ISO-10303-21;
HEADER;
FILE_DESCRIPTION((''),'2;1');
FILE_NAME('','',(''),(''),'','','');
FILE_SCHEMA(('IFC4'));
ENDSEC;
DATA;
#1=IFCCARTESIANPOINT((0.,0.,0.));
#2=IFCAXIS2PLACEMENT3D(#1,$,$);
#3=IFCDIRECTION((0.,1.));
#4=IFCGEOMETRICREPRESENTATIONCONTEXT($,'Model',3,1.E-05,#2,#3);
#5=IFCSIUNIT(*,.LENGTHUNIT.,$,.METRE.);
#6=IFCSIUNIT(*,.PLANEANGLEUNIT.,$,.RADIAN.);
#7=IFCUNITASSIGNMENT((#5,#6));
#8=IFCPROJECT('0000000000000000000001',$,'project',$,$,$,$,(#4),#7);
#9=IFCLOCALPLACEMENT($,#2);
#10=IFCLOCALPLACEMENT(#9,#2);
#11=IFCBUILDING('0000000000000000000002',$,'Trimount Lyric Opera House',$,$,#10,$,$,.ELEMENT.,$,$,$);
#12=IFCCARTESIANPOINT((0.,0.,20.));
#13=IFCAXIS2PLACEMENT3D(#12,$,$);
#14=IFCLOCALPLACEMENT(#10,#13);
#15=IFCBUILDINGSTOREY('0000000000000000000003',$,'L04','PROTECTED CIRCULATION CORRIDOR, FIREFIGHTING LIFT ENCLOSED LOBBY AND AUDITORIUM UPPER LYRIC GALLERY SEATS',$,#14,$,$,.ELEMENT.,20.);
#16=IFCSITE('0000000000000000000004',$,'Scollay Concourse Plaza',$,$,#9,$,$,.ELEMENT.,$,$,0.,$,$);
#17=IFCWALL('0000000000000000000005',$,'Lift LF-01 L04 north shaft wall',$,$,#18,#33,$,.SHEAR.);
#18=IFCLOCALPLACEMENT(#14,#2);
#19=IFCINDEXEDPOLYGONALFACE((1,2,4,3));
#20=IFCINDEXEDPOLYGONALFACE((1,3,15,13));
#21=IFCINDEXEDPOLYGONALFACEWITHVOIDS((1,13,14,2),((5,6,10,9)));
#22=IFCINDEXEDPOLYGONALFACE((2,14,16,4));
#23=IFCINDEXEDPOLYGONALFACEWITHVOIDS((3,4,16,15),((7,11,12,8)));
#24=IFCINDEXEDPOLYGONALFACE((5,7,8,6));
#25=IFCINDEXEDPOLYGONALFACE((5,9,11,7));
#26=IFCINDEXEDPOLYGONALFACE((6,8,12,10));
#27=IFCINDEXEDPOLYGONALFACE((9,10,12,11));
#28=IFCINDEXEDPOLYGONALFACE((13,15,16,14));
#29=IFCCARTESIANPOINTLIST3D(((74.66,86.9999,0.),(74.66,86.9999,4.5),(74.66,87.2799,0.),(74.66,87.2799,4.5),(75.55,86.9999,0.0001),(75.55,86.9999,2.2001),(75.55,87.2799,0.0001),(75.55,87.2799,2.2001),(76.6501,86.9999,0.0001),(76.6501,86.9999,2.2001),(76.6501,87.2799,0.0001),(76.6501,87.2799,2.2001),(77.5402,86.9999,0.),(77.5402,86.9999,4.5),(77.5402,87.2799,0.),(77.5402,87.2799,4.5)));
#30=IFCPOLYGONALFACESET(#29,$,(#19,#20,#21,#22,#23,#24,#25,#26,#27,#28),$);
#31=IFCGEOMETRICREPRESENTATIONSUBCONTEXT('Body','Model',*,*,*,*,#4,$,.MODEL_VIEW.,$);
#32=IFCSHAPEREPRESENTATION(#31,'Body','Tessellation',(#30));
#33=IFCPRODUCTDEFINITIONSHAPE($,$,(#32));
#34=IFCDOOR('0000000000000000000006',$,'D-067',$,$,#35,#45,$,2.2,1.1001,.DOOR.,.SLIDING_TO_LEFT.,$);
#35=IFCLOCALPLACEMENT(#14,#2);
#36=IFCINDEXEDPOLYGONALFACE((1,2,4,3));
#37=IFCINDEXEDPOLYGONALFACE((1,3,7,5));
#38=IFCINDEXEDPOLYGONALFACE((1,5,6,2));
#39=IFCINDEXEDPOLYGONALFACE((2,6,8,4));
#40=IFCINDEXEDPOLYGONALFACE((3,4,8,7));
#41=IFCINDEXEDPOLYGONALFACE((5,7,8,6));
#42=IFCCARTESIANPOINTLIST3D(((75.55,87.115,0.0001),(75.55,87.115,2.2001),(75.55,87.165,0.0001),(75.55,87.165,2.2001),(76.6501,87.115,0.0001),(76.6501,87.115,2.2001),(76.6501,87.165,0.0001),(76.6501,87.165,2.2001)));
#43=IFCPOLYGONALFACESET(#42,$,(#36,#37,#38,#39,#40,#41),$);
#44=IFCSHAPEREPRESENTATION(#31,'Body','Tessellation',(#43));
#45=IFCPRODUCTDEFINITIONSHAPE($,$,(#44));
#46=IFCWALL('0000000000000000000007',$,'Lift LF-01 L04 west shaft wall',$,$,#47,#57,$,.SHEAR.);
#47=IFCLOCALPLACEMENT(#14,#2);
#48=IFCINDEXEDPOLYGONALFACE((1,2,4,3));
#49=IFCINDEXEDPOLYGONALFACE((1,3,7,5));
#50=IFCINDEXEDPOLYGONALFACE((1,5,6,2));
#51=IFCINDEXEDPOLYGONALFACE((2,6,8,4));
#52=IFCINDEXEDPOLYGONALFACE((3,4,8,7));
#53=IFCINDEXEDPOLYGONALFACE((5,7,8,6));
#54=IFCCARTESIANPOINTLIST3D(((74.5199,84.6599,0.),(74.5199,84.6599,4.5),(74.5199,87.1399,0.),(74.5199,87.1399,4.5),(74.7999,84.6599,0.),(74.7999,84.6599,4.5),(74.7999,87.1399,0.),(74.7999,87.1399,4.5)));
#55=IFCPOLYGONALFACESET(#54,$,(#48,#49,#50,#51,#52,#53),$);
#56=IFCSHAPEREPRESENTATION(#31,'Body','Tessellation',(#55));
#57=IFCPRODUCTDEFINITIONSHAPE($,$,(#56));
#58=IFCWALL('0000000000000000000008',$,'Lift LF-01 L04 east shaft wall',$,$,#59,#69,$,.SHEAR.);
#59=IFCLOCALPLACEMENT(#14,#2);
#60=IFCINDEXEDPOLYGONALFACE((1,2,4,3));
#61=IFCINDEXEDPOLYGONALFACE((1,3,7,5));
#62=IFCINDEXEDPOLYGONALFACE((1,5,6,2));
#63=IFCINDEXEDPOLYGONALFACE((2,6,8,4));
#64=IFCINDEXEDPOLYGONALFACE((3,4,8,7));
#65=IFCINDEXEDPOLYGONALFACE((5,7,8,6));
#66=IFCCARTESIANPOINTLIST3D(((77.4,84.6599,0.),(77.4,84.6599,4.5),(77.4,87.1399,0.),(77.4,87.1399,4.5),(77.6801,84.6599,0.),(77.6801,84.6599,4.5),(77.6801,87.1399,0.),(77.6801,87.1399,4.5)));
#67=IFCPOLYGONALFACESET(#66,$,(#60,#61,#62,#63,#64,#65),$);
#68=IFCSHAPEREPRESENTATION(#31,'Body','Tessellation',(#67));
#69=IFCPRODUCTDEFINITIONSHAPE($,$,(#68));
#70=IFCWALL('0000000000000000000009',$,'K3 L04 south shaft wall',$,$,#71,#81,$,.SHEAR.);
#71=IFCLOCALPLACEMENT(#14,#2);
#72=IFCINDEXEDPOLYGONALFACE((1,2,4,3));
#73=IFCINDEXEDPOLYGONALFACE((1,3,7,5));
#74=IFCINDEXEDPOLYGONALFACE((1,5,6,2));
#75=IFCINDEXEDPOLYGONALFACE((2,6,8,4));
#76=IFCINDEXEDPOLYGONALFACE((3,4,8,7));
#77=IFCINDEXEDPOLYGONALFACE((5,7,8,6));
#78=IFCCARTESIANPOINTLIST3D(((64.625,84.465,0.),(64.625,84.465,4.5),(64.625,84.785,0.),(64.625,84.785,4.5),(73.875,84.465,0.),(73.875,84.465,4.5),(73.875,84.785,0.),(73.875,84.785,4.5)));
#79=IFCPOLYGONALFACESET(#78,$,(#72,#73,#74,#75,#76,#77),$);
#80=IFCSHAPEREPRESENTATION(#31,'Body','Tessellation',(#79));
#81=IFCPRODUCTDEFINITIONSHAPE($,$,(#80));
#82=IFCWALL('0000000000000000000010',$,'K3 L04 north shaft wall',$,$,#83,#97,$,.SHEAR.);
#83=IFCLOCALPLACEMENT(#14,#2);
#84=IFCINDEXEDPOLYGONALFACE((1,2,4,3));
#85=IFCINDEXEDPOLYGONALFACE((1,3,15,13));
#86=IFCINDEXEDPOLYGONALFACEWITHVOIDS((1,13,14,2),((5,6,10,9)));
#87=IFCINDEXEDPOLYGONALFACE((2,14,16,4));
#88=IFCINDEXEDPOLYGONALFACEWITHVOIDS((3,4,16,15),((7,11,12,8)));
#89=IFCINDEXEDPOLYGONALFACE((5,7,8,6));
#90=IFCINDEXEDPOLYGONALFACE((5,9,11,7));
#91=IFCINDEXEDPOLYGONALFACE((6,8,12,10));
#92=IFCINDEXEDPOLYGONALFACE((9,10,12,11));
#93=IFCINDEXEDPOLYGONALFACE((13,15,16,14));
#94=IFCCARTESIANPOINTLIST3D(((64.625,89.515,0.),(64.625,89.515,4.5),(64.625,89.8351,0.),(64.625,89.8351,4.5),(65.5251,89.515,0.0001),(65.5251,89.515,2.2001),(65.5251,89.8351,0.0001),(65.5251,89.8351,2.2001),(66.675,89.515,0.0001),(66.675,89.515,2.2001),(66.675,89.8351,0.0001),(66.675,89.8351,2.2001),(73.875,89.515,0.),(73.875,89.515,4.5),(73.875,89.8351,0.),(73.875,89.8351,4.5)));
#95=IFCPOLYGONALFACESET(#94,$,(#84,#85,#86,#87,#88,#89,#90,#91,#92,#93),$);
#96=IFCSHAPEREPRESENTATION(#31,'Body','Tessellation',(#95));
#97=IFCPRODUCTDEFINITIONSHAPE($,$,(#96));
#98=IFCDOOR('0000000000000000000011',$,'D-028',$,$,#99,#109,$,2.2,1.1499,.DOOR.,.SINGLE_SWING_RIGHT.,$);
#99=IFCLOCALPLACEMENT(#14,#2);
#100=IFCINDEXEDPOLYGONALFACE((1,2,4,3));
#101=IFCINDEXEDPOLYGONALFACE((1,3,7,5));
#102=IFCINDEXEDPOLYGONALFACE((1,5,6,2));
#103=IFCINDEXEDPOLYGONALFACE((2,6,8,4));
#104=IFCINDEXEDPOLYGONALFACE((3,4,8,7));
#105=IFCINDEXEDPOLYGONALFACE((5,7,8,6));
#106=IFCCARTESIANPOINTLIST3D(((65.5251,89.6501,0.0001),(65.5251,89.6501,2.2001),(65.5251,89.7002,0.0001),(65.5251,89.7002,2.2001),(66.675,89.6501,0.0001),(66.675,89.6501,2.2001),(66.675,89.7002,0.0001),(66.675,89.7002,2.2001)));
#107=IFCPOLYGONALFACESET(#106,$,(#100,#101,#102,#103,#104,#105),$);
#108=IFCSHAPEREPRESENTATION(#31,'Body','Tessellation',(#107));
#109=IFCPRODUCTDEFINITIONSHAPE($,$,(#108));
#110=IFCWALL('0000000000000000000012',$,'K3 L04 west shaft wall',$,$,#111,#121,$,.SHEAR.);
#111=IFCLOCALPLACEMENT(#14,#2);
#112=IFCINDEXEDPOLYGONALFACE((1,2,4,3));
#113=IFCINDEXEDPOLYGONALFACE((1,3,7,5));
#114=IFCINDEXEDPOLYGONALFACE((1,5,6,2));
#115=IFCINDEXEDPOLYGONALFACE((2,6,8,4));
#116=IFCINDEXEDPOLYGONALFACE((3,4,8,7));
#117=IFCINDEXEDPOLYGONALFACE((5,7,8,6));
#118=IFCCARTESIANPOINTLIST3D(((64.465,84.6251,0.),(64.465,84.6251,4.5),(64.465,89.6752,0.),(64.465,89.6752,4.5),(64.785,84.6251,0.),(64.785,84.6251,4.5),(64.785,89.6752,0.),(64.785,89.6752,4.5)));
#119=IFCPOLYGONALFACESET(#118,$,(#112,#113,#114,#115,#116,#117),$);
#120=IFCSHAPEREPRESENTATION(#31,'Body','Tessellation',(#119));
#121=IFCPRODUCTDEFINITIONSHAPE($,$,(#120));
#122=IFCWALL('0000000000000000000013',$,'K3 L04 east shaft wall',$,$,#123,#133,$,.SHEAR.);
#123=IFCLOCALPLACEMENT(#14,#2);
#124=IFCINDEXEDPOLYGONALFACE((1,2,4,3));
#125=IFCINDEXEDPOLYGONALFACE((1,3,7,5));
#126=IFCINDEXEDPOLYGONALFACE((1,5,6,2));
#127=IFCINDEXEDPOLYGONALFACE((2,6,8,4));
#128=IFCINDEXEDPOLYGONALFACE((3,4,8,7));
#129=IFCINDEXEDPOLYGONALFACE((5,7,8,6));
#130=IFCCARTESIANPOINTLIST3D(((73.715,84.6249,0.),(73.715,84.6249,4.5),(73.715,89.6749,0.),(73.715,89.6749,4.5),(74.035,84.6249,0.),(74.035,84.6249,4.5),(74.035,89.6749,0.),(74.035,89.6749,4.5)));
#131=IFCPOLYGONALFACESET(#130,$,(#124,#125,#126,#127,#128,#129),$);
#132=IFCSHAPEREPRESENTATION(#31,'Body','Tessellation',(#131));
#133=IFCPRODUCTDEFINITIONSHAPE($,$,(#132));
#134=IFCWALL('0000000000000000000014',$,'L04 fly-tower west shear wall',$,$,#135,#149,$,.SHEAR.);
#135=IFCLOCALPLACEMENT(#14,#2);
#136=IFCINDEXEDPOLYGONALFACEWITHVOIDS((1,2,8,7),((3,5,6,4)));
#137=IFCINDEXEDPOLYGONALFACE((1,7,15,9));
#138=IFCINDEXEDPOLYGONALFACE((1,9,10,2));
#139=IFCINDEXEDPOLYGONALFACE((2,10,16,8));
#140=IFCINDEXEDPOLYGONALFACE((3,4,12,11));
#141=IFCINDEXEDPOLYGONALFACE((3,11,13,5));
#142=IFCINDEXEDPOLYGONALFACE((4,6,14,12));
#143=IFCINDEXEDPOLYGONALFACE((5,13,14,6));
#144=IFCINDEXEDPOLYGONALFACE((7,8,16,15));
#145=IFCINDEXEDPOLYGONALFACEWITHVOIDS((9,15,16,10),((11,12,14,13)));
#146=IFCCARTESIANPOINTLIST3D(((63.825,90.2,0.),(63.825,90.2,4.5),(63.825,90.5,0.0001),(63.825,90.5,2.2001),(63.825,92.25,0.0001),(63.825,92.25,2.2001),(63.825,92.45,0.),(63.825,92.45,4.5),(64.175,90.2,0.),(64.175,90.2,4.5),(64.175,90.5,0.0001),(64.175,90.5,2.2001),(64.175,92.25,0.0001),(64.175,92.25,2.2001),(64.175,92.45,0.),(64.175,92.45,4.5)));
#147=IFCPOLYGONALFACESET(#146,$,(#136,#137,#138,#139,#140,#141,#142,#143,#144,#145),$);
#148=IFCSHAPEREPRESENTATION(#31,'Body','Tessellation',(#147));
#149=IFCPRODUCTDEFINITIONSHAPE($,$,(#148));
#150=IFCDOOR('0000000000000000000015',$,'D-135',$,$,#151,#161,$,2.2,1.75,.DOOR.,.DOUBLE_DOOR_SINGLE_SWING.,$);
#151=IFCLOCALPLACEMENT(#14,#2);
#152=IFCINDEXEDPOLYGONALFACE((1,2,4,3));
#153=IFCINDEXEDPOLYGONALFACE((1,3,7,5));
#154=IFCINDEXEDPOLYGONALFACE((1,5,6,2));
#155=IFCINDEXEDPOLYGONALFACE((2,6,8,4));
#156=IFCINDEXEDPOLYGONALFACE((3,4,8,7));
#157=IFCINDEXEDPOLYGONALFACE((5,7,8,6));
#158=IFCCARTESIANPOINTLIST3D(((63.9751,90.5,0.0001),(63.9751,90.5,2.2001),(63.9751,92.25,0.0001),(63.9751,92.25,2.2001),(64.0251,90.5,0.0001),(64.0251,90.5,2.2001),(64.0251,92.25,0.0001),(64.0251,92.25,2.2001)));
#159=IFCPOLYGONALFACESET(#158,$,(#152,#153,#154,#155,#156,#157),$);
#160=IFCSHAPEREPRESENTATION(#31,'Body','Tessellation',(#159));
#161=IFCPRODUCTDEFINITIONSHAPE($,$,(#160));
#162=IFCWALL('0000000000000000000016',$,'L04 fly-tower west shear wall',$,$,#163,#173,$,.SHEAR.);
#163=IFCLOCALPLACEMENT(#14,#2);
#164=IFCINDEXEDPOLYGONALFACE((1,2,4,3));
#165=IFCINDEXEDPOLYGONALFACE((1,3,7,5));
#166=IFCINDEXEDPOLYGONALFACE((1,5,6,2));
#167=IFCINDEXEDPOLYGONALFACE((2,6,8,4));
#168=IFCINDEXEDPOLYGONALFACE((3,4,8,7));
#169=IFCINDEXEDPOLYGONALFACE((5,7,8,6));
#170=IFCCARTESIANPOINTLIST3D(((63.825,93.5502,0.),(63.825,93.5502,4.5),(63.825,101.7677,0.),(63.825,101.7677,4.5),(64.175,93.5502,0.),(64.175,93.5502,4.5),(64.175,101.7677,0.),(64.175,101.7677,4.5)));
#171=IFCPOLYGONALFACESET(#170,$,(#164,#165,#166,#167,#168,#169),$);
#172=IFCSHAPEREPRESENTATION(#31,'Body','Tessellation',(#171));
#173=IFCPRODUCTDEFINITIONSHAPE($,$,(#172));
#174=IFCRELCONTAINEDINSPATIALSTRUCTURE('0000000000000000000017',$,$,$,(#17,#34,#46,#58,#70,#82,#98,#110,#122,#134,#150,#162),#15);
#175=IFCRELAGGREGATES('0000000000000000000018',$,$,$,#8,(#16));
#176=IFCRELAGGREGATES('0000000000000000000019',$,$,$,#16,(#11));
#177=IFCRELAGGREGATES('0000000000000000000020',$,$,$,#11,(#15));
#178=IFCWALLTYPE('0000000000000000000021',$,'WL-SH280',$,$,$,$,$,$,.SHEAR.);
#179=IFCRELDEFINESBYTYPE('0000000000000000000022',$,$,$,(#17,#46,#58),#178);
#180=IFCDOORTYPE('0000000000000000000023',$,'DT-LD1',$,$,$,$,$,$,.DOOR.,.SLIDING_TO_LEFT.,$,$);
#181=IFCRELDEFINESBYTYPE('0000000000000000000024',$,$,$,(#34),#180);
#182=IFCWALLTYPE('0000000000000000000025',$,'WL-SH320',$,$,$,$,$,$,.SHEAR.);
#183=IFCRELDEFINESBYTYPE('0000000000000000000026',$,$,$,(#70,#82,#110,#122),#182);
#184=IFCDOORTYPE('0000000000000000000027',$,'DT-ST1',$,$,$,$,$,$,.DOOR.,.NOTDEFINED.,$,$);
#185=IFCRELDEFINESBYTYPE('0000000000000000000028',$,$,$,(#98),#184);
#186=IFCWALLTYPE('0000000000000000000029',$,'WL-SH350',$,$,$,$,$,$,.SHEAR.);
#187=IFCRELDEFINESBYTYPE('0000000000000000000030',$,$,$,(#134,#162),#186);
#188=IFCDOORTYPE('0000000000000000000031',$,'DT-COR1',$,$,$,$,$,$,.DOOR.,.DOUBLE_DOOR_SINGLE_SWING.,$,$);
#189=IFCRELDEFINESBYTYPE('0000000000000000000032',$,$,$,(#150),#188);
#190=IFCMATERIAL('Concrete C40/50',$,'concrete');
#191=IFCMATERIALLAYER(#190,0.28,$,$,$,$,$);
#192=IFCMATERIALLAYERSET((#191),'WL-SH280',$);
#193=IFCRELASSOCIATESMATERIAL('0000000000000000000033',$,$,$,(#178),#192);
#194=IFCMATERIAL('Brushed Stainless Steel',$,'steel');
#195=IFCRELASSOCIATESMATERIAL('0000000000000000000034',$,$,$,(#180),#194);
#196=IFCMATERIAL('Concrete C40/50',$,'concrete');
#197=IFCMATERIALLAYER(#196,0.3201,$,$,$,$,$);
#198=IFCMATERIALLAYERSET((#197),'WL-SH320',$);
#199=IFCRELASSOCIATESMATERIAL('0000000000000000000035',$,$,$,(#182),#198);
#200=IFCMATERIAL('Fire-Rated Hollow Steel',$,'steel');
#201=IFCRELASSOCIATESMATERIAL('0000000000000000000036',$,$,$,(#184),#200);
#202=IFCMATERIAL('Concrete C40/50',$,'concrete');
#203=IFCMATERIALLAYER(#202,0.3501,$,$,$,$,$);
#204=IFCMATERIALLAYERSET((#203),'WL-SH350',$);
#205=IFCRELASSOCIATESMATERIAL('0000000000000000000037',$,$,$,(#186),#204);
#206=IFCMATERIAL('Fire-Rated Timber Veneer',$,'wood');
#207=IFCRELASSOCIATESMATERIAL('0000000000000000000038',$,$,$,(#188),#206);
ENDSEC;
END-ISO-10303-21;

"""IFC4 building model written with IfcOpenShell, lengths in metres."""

from ifc_helpers import new_model, si_unit, direction, frame, frame_2d, origin, place, context, subcontext, project, spatial, rectangle, extrude, material, layer, layer_set, type_object, element, fill, save


model = new_model("IFC4")

# Units and contexts
model_context = context("Model", 3, precision=1e-05, world=origin(), true_north=direction((0.0, 1.0)))
body_context = subcontext(model_context, "Body", "Model", "MODEL_VIEW")
ifc_project = project(units=[si_unit("LENGTHUNIT", "METRE"), si_unit("PLANEANGLEUNIT", "RADIAN")], contexts=[model_context])

# Site, building, storey
site_placement = place(None, origin())
site = spatial("IfcSite", under=ifc_project, at=site_placement, Name="Scollay Concourse Plaza", CompositionType="ELEMENT", RefElevation=0.0)
building_placement = place(site_placement, origin())
building = spatial("IfcBuilding", under=site, at=building_placement, Name="Trimount Lyric Opera House", CompositionType="ELEMENT")
storey_placement = place(building_placement, frame((0.0, 0.0, 20.0)))
storey = spatial("IfcBuildingStorey", under=building, at=storey_placement, Name="L04", Description="PROTECTED CIRCULATION CORRIDOR, FIREFIGHTING LIFT ENCLOSED LOBBY AND AUDITORIUM UPPER LYRIC GALLERY SEATS", CompositionType="ELEMENT", Elevation=20.0)

# Shared definitions
ifc_material_1 = material(Name="Concrete C40/50", Category="concrete")
ifc_layer_1 = layer(ifc_material_1, 0.28)
ifc_layer_set_1 = layer_set([ifc_layer_1], Name="WL-SH280")
wall_type_1 = type_object("IfcWallType", Name="WL-SH280", PredefinedType="SHEAR", material=ifc_layer_set_1)

# Wall, opening, door
wall_1_placement = place(storey_placement, frame((77.54, 87.1399, 0.0), z_axis=(0.0, 0.0, 1.0), x_axis=(-1.0, 0.0, 0.0)))
wall_1 = element("IfcWall", 1, at=wall_1_placement, inside=storey, type_object=wall_type_1, Name="Lift LF-01 L04 north shaft wall", PredefinedType="SHEAR", context=body_context, shape_type="SweptSolid", body=[
    extrude(rectangle(XDim=2.8801, YDim=0.28, at=frame_2d((1.4399, 0.0))), origin(), (0.0, 0.0, 1.0), 4.5),
])
opening_1_placement = place(wall_1_placement, frame((0.8899, 0.0, 0.0)))
opening_1 = element("IfcOpeningElement", 2, at=opening_1_placement, cuts=wall_1, PredefinedType="OPENING", context=body_context, shape_type="SweptSolid", body=[
    extrude(rectangle(XDim=1.1001, YDim=2.2, at=frame_2d((0.55, 1.1001))), frame((0.0, 0.1499, 0.0), z_axis=(0.0, -1.0, 0.0), x_axis=(1.0, 0.0, 0.0)), (0.0, 0.0, 1.0), 0.3),
])
ifc_material_2 = material(Name="Brushed Stainless Steel", Category="steel")
door_type_1 = type_object("IfcDoorType", Name="DT-LD1", OperationType="SLIDING_TO_LEFT", PredefinedType="DOOR", material=ifc_material_2)
door_1_placement = place(opening_1_placement, origin())
door_1 = element("IfcDoor", 3, at=door_1_placement, inside=storey, type_object=door_type_1, Name="D-067", OperationType="SLIDING_TO_LEFT", OverallHeight=2.2, OverallWidth=1.1001, PredefinedType="DOOR", context=body_context, shape_type="SweptSolid", body=[
    extrude(rectangle(XDim=1.1001, YDim=2.2, at=frame_2d((0.55, 1.1001))), frame((0.0, 0.0249, 0.0), z_axis=(0.0, -1.0, 0.0), x_axis=(1.0, 0.0, 0.0)), (0.0, 0.0, 1.0), 0.05),
])
fill(opening_1, door_1)

# Walls
for number, where, z_axis, x_axis, name in (
    (4, (74.6599, 87.1399, 0.0), (0.0, 0.0, 1.0), (0.0, -1.0, 0.0), "Lift LF-01 L04 west shaft wall"),
    (5, (77.54, 84.6599, 0.0), (0.0, 0.0, 1.0), (0.0, 1.0, 0.0), "Lift LF-01 L04 east shaft wall"),
):
    element("IfcWall", number, at=place(storey_placement, frame(where, z_axis=z_axis, x_axis=x_axis)), inside=storey, type_object=wall_type_1, Name=name, PredefinedType="SHEAR", context=body_context, shape_type="SweptSolid", body=[
        extrude(rectangle(XDim=2.48, YDim=0.28, at=frame_2d((1.24, 0.0))), origin(), (0.0, 0.0, 1.0), 4.5),
    ])
ifc_material_3 = material(Name="Concrete C40/50", Category="concrete")
ifc_layer_2 = layer(ifc_material_3, 0.3201)
ifc_layer_set_2 = layer_set([ifc_layer_2], Name="WL-SH320")
wall_type_2 = type_object("IfcWallType", Name="WL-SH320", PredefinedType="SHEAR", material=ifc_layer_set_2)
wall_2_placement = place(storey_placement, frame((64.625, 84.625, 0.0), z_axis=(0.0, 0.0, 1.0), x_axis=(1.0, 0.0, 0.0)))
element("IfcWall", 6, at=wall_2_placement, inside=storey, type_object=wall_type_2, Name="K3 L04 south shaft wall", PredefinedType="SHEAR", context=body_context, shape_type="SweptSolid", body=[
    extrude(rectangle(XDim=9.25, YDim=0.3201, at=frame_2d((4.625, 0.0))), origin(), (0.0, 0.0, 1.0), 4.5),
])

# Wall, opening, door
wall_3_placement = place(storey_placement, frame((73.875, 89.675, 0.0), z_axis=(0.0, 0.0, 1.0), x_axis=(-1.0, 0.0, 0.0)))
wall_3 = element("IfcWall", 7, at=wall_3_placement, inside=storey, type_object=wall_type_2, Name="K3 L04 north shaft wall", PredefinedType="SHEAR", context=body_context, shape_type="SweptSolid", body=[
    extrude(rectangle(XDim=9.25, YDim=0.3201, at=frame_2d((4.625, 0.0))), origin(), (0.0, 0.0, 1.0), 4.5),
])
opening_2_placement = place(wall_3_placement, frame((7.2, 0.0, 0.0)))
opening_2 = element("IfcOpeningElement", 8, at=opening_2_placement, cuts=wall_3, PredefinedType="OPENING", context=body_context, shape_type="SweptSolid", body=[
    extrude(rectangle(XDim=1.1499, YDim=2.2, at=frame_2d((0.575, 1.1001))), frame((0.0, 0.1699, 0.0), z_axis=(0.0, -1.0, 0.0), x_axis=(1.0, 0.0, 0.0)), (0.0, 0.0, 1.0), 0.3401),
])
ifc_material_4 = material(Name="Fire-Rated Hollow Steel", Category="steel")
door_type_2 = type_object("IfcDoorType", Name="DT-ST1", OperationType="NOTDEFINED", PredefinedType="DOOR", material=ifc_material_4)
door_2_placement = place(opening_2_placement, origin())
door_2 = element("IfcDoor", 9, at=door_2_placement, inside=storey, type_object=door_type_2, Name="D-028", OperationType="SINGLE_SWING_RIGHT", OverallHeight=2.2, OverallWidth=1.1499, PredefinedType="DOOR", context=body_context, shape_type="SweptSolid", body=[
    extrude(rectangle(XDim=1.1499, YDim=2.2, at=frame_2d((0.575, 1.1001))), frame((0.0, 0.0249, 0.0), z_axis=(0.0, -1.0, 0.0), x_axis=(1.0, 0.0, 0.0)), (0.0, 0.0, 1.0), 0.05),
])
fill(opening_2, door_2)

# Walls
for number, where, z_axis, x_axis, name in (
    (10, (64.625, 89.675, 0.0), (0.0, 0.0, 1.0), (0.0, -1.0, 0.0), "K3 L04 west shaft wall"),
    (11, (73.875, 84.625, 0.0), (0.0, 0.0, 1.0), (0.0, 1.0, 0.0), "K3 L04 east shaft wall"),
):
    element("IfcWall", number, at=place(storey_placement, frame(where, z_axis=z_axis, x_axis=x_axis)), inside=storey, type_object=wall_type_2, Name=name, PredefinedType="SHEAR", context=body_context, shape_type="SweptSolid", body=[
        extrude(rectangle(XDim=5.05, YDim=0.3201, at=frame_2d((2.5249, 0.0))), origin(), (0.0, 0.0, 1.0), 4.5),
    ])

# Wall, opening, door
ifc_material_5 = material(Name="Concrete C40/50", Category="concrete")
ifc_layer_3 = layer(ifc_material_5, 0.3501)
ifc_layer_set_3 = layer_set([ifc_layer_3], Name="WL-SH350")
wall_type_3 = type_object("IfcWallType", Name="WL-SH350", PredefinedType="SHEAR", material=ifc_layer_set_3)
wall_4_placement = place(storey_placement, frame((64.0, 90.2, 0.0), z_axis=(0.0, 0.0, 1.0), x_axis=(0.0, 1.0, 0.0)))
wall_4 = element("IfcWall", 12, at=wall_4_placement, inside=storey, type_object=wall_type_3, Name="L04 fly-tower west shear wall", PredefinedType="SHEAR", context=body_context, shape_type="SweptSolid", body=[
    extrude(rectangle(XDim=2.25, YDim=0.3501, at=frame_2d((1.125, 0.0))), origin(), (0.0, 0.0, 1.0), 4.5),
])
opening_3_placement = place(wall_4_placement, frame((0.3, 0.0, 0.0)))
opening_3 = element("IfcOpeningElement", 13, at=opening_3_placement, cuts=wall_4, PredefinedType="OPENING", context=body_context, shape_type="SweptSolid", body=[
    extrude(rectangle(XDim=1.75, YDim=2.2, at=frame_2d((0.875, 1.1001))), frame((0.0, 0.1851, 0.0), z_axis=(0.0, -1.0, 0.0), x_axis=(1.0, 0.0, 0.0)), (0.0, 0.0, 1.0), 0.3701),
])
ifc_material_6 = material(Name="Fire-Rated Timber Veneer", Category="wood")
door_type_3 = type_object("IfcDoorType", Name="DT-COR1", OperationType="DOUBLE_DOOR_SINGLE_SWING", PredefinedType="DOOR", material=ifc_material_6)
door_3_placement = place(opening_3_placement, origin())
door_3 = element("IfcDoor", 14, at=door_3_placement, inside=storey, type_object=door_type_3, Name="D-135", OperationType="DOUBLE_DOOR_SINGLE_SWING", OverallHeight=2.2, OverallWidth=1.75, PredefinedType="DOOR", context=body_context, shape_type="SweptSolid", body=[
    extrude(rectangle(XDim=1.75, YDim=2.2, at=frame_2d((0.875, 1.1001))), frame((0.0, 0.0249, 0.0), z_axis=(0.0, -1.0, 0.0), x_axis=(1.0, 0.0, 0.0)), (0.0, 0.0, 1.0), 0.05),
])
fill(opening_3, door_3)

# Wall
wall_5_placement = place(storey_placement, frame((64.0, 93.55, 0.0), z_axis=(0.0, 0.0, 1.0), x_axis=(0.0, 1.0, 0.0)))
element("IfcWall", 15, at=wall_5_placement, inside=storey, type_object=wall_type_3, Name="L04 fly-tower west shear wall", PredefinedType="SHEAR", context=body_context, shape_type="SweptSolid", body=[
    extrude(rectangle(XDim=8.2175, YDim=0.3501, at=frame_2d((4.1089, 0.0))), origin(), (0.0, 0.0, 1.0), 4.5),
])

save(model, "model.ifc")
